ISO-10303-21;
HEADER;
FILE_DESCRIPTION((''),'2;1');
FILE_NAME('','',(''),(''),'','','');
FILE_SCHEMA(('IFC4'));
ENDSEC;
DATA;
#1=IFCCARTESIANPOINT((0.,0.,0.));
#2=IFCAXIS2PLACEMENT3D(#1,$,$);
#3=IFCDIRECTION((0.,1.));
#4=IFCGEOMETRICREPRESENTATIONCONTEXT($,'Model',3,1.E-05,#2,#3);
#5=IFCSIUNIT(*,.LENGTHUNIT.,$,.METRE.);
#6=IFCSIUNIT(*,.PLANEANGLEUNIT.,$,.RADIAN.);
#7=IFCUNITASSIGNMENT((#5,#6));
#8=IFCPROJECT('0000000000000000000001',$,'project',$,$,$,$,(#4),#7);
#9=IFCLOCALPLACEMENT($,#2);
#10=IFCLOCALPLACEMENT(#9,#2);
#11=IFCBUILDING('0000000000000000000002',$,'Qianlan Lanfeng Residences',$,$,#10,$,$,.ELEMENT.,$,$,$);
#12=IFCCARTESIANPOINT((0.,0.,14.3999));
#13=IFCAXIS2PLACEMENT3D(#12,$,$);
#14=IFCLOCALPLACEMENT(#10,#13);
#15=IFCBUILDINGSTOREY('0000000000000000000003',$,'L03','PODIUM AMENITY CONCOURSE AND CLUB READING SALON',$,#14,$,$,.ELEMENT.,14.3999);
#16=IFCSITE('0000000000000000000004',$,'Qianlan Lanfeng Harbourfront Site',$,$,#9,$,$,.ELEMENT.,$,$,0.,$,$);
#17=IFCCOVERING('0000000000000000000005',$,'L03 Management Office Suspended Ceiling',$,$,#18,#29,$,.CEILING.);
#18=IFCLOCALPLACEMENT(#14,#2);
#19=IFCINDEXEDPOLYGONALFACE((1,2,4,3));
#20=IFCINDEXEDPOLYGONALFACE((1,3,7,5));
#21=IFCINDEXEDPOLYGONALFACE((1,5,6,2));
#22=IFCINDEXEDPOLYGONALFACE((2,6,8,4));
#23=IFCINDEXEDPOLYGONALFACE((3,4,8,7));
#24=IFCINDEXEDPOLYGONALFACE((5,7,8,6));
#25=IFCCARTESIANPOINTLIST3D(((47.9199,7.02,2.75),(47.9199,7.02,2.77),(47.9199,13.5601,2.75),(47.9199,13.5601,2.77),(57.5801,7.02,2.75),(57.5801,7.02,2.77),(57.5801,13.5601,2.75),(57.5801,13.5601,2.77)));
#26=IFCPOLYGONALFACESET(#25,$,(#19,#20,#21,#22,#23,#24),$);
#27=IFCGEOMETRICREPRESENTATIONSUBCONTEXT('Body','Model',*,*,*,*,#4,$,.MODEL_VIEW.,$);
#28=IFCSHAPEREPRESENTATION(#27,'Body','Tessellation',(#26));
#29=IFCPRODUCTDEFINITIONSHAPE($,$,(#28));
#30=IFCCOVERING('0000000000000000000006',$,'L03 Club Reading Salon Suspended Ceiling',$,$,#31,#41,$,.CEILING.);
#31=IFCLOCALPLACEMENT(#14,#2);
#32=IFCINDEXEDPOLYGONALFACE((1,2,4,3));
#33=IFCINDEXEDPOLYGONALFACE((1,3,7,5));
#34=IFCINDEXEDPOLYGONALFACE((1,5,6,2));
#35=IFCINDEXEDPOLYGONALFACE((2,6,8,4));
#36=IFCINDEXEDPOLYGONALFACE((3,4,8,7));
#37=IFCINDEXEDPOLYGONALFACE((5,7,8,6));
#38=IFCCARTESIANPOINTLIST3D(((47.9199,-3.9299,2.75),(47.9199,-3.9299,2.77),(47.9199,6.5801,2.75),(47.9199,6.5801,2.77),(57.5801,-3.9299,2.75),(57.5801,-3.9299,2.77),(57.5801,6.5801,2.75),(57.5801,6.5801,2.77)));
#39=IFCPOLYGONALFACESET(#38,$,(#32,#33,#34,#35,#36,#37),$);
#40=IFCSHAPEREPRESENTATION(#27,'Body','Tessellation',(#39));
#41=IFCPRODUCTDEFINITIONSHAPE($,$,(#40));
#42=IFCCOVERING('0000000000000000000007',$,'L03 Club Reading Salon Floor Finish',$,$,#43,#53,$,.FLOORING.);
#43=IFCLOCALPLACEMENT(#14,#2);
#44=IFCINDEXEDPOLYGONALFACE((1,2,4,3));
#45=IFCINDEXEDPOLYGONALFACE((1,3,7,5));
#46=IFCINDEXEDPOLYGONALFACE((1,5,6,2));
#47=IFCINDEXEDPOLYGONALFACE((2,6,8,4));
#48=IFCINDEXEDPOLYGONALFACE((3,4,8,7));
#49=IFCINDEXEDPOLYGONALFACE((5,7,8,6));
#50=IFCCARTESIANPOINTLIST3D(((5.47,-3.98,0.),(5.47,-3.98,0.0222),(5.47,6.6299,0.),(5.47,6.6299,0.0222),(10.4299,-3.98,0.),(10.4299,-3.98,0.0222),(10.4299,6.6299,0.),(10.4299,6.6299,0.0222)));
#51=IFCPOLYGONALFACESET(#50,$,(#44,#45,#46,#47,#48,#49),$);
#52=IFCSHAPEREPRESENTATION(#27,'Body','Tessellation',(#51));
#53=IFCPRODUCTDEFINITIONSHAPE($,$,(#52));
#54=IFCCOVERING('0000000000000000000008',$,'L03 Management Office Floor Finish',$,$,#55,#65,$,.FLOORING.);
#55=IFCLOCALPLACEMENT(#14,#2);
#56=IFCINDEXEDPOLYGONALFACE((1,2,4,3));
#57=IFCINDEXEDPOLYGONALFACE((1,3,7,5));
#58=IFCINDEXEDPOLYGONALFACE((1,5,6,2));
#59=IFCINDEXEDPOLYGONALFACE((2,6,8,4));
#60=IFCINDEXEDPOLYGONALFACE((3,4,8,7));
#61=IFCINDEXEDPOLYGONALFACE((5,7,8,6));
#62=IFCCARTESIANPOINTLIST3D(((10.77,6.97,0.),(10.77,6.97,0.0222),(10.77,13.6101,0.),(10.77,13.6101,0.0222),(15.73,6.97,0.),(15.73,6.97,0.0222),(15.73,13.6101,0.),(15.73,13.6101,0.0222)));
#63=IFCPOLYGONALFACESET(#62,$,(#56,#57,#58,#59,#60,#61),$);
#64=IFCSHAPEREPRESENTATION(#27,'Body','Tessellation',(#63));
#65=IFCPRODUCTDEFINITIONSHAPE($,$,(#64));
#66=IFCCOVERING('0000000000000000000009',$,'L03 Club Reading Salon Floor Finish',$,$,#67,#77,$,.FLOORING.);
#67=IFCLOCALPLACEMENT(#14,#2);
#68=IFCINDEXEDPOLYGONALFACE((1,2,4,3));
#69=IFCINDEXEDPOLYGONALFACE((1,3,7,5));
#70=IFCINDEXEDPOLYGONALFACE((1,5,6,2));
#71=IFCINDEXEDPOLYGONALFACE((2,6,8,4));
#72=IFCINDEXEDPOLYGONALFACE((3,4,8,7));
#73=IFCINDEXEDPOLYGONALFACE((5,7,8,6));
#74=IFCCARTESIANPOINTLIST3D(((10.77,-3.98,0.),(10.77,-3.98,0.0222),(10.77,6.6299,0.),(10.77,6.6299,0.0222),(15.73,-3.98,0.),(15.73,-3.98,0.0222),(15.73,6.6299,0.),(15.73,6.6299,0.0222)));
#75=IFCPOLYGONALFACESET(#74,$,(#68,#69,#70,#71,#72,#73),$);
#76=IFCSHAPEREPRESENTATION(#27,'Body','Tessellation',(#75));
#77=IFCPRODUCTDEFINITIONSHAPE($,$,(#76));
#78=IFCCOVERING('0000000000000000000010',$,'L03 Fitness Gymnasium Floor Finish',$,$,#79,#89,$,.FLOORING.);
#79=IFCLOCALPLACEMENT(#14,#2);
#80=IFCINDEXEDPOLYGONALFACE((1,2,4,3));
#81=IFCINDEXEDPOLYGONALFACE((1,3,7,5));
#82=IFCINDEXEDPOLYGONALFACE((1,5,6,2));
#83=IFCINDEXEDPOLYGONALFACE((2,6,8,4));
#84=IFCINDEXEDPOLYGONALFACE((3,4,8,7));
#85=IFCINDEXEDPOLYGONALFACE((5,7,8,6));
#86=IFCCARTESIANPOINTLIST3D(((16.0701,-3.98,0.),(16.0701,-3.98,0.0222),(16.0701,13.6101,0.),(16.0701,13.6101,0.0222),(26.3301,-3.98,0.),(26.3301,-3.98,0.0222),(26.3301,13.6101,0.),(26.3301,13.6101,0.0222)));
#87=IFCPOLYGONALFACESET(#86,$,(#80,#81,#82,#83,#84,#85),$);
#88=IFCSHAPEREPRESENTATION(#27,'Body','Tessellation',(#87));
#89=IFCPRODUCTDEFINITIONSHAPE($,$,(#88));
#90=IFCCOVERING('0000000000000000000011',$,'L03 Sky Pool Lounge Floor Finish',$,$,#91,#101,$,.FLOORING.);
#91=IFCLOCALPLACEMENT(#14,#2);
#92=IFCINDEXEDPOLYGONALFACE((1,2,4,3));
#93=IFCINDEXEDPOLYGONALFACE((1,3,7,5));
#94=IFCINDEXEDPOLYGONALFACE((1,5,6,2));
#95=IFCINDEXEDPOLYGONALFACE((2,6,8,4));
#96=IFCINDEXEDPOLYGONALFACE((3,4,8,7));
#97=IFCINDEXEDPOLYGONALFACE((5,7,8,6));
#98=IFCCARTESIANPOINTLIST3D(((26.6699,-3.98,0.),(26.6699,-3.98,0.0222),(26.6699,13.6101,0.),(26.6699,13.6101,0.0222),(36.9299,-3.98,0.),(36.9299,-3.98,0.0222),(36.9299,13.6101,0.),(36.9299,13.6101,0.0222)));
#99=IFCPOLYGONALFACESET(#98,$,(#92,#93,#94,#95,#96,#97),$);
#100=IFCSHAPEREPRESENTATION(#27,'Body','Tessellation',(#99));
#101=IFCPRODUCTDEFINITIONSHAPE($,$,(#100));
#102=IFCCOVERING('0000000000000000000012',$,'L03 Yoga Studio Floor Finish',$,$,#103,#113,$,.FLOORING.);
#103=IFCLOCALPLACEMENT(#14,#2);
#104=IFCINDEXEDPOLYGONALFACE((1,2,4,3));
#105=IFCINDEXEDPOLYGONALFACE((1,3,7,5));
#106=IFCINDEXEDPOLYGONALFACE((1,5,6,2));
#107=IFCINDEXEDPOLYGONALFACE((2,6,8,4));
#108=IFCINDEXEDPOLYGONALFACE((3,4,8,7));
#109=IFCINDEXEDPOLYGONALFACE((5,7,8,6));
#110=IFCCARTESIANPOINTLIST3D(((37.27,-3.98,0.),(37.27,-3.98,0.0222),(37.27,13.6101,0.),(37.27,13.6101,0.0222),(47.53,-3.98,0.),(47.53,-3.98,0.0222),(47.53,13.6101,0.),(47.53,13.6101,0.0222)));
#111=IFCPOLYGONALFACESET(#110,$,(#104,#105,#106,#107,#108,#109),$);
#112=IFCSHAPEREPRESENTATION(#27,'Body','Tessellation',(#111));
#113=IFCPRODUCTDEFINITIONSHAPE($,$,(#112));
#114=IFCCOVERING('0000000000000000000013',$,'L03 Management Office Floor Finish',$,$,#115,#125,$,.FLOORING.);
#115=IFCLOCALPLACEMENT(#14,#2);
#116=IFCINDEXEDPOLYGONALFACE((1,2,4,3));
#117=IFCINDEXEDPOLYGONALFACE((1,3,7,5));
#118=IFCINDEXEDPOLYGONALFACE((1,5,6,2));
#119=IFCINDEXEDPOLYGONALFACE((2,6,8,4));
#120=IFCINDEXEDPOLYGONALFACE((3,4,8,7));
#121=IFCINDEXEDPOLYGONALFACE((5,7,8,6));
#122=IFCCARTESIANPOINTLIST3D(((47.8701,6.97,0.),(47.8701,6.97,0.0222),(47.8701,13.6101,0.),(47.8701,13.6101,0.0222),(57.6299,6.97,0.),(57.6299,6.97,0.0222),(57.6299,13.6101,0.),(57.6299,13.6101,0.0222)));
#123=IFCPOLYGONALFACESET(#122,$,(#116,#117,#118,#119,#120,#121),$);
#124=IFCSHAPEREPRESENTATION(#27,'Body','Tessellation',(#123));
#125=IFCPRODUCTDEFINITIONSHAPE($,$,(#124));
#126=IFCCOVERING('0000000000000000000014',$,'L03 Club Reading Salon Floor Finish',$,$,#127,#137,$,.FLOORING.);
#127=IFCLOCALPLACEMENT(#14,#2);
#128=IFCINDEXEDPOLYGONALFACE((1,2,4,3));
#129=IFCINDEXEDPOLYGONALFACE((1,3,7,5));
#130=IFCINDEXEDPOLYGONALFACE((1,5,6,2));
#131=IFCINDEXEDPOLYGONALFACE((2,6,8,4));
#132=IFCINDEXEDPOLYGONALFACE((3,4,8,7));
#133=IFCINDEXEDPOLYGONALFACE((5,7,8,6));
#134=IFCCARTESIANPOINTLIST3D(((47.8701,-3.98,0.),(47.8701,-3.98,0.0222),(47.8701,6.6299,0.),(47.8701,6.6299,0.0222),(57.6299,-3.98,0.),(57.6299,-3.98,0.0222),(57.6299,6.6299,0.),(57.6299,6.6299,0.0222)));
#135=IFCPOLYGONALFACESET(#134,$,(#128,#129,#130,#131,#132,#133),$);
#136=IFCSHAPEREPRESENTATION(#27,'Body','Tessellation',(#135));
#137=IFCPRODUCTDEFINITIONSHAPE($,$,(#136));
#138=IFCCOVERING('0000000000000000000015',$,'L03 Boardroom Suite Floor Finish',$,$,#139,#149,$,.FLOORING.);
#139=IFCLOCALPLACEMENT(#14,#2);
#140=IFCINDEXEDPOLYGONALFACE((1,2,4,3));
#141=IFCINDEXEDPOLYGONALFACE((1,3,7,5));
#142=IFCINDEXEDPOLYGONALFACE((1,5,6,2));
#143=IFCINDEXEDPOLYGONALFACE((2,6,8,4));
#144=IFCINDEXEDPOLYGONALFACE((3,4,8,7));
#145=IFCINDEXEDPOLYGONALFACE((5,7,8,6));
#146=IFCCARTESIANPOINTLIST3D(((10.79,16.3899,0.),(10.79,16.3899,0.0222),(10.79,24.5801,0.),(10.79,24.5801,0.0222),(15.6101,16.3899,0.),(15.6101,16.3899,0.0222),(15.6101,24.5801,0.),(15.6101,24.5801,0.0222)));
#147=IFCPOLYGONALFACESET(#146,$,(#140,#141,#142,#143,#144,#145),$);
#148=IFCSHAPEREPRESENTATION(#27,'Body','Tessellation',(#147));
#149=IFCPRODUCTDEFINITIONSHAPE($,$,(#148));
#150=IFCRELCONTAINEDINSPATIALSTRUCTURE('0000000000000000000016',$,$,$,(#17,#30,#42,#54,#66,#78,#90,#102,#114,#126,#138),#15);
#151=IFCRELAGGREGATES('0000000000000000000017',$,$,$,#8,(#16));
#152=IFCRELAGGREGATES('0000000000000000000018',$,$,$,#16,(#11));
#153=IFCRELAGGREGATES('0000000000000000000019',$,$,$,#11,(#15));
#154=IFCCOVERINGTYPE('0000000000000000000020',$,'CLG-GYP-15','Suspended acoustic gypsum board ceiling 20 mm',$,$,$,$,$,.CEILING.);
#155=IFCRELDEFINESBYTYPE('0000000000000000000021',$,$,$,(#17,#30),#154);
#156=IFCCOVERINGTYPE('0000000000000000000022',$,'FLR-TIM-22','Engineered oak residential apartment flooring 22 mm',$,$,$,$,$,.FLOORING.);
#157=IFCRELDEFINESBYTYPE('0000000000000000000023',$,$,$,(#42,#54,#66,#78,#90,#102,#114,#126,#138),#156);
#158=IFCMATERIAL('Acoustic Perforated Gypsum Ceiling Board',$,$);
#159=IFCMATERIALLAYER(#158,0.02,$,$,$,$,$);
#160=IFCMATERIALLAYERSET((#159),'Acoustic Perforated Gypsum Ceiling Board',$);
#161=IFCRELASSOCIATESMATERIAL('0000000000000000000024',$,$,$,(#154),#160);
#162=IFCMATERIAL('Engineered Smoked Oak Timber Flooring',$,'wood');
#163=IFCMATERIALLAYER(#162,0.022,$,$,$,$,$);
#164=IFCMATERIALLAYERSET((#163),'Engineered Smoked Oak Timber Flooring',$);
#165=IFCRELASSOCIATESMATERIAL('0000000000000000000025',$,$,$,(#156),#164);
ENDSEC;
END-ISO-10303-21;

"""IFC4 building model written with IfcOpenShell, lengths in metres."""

from ifc_helpers import new_model, si_unit, direction, frame, origin, place, context, subcontext, project, spatial, polyline, outline, extrude, material, layer, layer_set, type_object, element, save


model = new_model("IFC4")

# Units and contexts
model_context = context("Model", 3, precision=1e-05, world=origin(), true_north=direction((0.0, 1.0)))
body_context = subcontext(model_context, "Body", "Model", "MODEL_VIEW")
ifc_project = project(units=[si_unit("LENGTHUNIT", "METRE"), si_unit("PLANEANGLEUNIT", "RADIAN")], contexts=[model_context])

# Site, building, storey
site_placement = place(None, origin())
site = spatial("IfcSite", under=ifc_project, at=site_placement, Name="Qianlan Lanfeng Harbourfront Site", CompositionType="ELEMENT", RefElevation=0.0)
building_placement = place(site_placement, origin())
building = spatial("IfcBuilding", under=site, at=building_placement, Name="Qianlan Lanfeng Residences", CompositionType="ELEMENT")
storey_placement = place(building_placement, frame((0.0, 0.0, 14.3999)))
storey = spatial("IfcBuildingStorey", under=building, at=storey_placement, Name="L03", Description="PODIUM AMENITY CONCOURSE AND CLUB READING SALON", CompositionType="ELEMENT", Elevation=14.3999)

# Coverings
ifc_material_1 = material(Name="Acoustic Perforated Gypsum Ceiling Board")
ifc_layer_1 = layer(ifc_material_1, 0.02)
ifc_layer_set_1 = layer_set([ifc_layer_1], Name="Acoustic Perforated Gypsum Ceiling Board")
covering_type_1 = type_object("IfcCoveringType", Name="CLG-GYP-15", Description="Suspended acoustic gypsum board ceiling 20 mm", PredefinedType="CEILING", material=ifc_layer_set_1)
covering_1_placement = place(storey_placement, frame((0.0, 0.0, 2.75)))
element("IfcCovering", 1, at=covering_1_placement, inside=storey, type_object=covering_type_1, Name="L03 Management Office Suspended Ceiling", PredefinedType="CEILING", context=body_context, shape_type="SweptSolid", body=[
    extrude(outline(polyline([(47.9199, 7.02), (57.5801, 7.02), (57.5801, 13.5601), (47.9199, 13.5601), (47.9199, 7.02)])), origin(), (0.0, 0.0, 1.0), 0.02),
])
covering_2_placement = place(storey_placement, frame((0.0, 0.0, 2.75)))
element("IfcCovering", 2, at=covering_2_placement, inside=storey, type_object=covering_type_1, Name="L03 Club Reading Salon Suspended Ceiling", PredefinedType="CEILING", context=body_context, shape_type="SweptSolid", body=[
    extrude(outline(polyline([(47.9199, -3.9299), (57.5801, -3.9299), (57.5801, 6.5801), (47.9199, 6.5801), (47.9199, -3.9299)])), origin(), (0.0, 0.0, 1.0), 0.02),
])
ifc_material_2 = material(Name="Engineered Smoked Oak Timber Flooring", Category="wood")
ifc_layer_2 = layer(ifc_material_2, 0.022)
ifc_layer_set_2 = layer_set([ifc_layer_2], Name="Engineered Smoked Oak Timber Flooring")
covering_type_2 = type_object("IfcCoveringType", Name="FLR-TIM-22", Description="Engineered oak residential apartment flooring 22 mm", PredefinedType="FLOORING", material=ifc_layer_set_2)
covering_3_placement = place(storey_placement, origin())
element("IfcCovering", 3, at=covering_3_placement, inside=storey, type_object=covering_type_2, Name="L03 Club Reading Salon Floor Finish", PredefinedType="FLOORING", context=body_context, shape_type="SweptSolid", body=[
    extrude(outline(polyline([(5.47, -3.98), (10.4299, -3.98), (10.4299, 6.6299), (5.47, 6.6299), (5.47, -3.98)])), origin(), (0.0, 0.0, 1.0), 0.0222),
])
covering_4_placement = place(storey_placement, origin())
element("IfcCovering", 4, at=covering_4_placement, inside=storey, type_object=covering_type_2, Name="L03 Management Office Floor Finish", PredefinedType="FLOORING", context=body_context, shape_type="SweptSolid", body=[
    extrude(outline(polyline([(10.77, 6.97), (15.73, 6.97), (15.73, 13.6101), (10.77, 13.6101), (10.77, 6.97)])), origin(), (0.0, 0.0, 1.0), 0.0222),
])
covering_5_placement = place(storey_placement, origin())
element("IfcCovering", 5, at=covering_5_placement, inside=storey, type_object=covering_type_2, Name="L03 Club Reading Salon Floor Finish", PredefinedType="FLOORING", context=body_context, shape_type="SweptSolid", body=[
    extrude(outline(polyline([(10.77, -3.98), (15.73, -3.98), (15.73, 6.6299), (10.77, 6.6299), (10.77, -3.98)])), origin(), (0.0, 0.0, 1.0), 0.0222),
])
covering_6_placement = place(storey_placement, origin())
element("IfcCovering", 6, at=covering_6_placement, inside=storey, type_object=covering_type_2, Name="L03 Fitness Gymnasium Floor Finish", PredefinedType="FLOORING", context=body_context, shape_type="SweptSolid", body=[
    extrude(outline(polyline([(16.0701, -3.98), (26.3301, -3.98), (26.3301, 13.6101), (16.0701, 13.6101), (16.0701, -3.98)])), origin(), (0.0, 0.0, 1.0), 0.0222),
])
covering_7_placement = place(storey_placement, origin())
element("IfcCovering", 7, at=covering_7_placement, inside=storey, type_object=covering_type_2, Name="L03 Sky Pool Lounge Floor Finish", PredefinedType="FLOORING", context=body_context, shape_type="SweptSolid", body=[
    extrude(outline(polyline([(26.6699, -3.98), (36.9299, -3.98), (36.9299, 13.6101), (26.6699, 13.6101), (26.6699, -3.98)])), origin(), (0.0, 0.0, 1.0), 0.0222),
])
covering_8_placement = place(storey_placement, origin())
element("IfcCovering", 8, at=covering_8_placement, inside=storey, type_object=covering_type_2, Name="L03 Yoga Studio Floor Finish", PredefinedType="FLOORING", context=body_context, shape_type="SweptSolid", body=[
    extrude(outline(polyline([(37.27, -3.98), (47.53, -3.98), (47.53, 13.6101), (37.27, 13.6101), (37.27, -3.98)])), origin(), (0.0, 0.0, 1.0), 0.0222),
])
covering_9_placement = place(storey_placement, origin())
element("IfcCovering", 9, at=covering_9_placement, inside=storey, type_object=covering_type_2, Name="L03 Management Office Floor Finish", PredefinedType="FLOORING", context=body_context, shape_type="SweptSolid", body=[
    extrude(outline(polyline([(47.8701, 6.97), (57.6299, 6.97), (57.6299, 13.6101), (47.8701, 13.6101), (47.8701, 6.97)])), origin(), (0.0, 0.0, 1.0), 0.0222),
])
covering_10_placement = place(storey_placement, origin())
element("IfcCovering", 10, at=covering_10_placement, inside=storey, type_object=covering_type_2, Name="L03 Club Reading Salon Floor Finish", PredefinedType="FLOORING", context=body_context, shape_type="SweptSolid", body=[
    extrude(outline(polyline([(47.8701, -3.98), (57.6299, -3.98), (57.6299, 6.6299), (47.8701, 6.6299), (47.8701, -3.98)])), origin(), (0.0, 0.0, 1.0), 0.0222),
])
covering_11_placement = place(storey_placement, origin())
element("IfcCovering", 11, at=covering_11_placement, inside=storey, type_object=covering_type_2, Name="L03 Boardroom Suite Floor Finish", PredefinedType="FLOORING", context=body_context, shape_type="SweptSolid", body=[
    extrude(outline(polyline([(10.79, 16.3899), (15.6101, 16.3899), (15.6101, 24.5801), (10.79, 24.5801), (10.79, 16.3899)])), origin(), (0.0, 0.0, 1.0), 0.0222),
])

save(model, "model.ifc")
